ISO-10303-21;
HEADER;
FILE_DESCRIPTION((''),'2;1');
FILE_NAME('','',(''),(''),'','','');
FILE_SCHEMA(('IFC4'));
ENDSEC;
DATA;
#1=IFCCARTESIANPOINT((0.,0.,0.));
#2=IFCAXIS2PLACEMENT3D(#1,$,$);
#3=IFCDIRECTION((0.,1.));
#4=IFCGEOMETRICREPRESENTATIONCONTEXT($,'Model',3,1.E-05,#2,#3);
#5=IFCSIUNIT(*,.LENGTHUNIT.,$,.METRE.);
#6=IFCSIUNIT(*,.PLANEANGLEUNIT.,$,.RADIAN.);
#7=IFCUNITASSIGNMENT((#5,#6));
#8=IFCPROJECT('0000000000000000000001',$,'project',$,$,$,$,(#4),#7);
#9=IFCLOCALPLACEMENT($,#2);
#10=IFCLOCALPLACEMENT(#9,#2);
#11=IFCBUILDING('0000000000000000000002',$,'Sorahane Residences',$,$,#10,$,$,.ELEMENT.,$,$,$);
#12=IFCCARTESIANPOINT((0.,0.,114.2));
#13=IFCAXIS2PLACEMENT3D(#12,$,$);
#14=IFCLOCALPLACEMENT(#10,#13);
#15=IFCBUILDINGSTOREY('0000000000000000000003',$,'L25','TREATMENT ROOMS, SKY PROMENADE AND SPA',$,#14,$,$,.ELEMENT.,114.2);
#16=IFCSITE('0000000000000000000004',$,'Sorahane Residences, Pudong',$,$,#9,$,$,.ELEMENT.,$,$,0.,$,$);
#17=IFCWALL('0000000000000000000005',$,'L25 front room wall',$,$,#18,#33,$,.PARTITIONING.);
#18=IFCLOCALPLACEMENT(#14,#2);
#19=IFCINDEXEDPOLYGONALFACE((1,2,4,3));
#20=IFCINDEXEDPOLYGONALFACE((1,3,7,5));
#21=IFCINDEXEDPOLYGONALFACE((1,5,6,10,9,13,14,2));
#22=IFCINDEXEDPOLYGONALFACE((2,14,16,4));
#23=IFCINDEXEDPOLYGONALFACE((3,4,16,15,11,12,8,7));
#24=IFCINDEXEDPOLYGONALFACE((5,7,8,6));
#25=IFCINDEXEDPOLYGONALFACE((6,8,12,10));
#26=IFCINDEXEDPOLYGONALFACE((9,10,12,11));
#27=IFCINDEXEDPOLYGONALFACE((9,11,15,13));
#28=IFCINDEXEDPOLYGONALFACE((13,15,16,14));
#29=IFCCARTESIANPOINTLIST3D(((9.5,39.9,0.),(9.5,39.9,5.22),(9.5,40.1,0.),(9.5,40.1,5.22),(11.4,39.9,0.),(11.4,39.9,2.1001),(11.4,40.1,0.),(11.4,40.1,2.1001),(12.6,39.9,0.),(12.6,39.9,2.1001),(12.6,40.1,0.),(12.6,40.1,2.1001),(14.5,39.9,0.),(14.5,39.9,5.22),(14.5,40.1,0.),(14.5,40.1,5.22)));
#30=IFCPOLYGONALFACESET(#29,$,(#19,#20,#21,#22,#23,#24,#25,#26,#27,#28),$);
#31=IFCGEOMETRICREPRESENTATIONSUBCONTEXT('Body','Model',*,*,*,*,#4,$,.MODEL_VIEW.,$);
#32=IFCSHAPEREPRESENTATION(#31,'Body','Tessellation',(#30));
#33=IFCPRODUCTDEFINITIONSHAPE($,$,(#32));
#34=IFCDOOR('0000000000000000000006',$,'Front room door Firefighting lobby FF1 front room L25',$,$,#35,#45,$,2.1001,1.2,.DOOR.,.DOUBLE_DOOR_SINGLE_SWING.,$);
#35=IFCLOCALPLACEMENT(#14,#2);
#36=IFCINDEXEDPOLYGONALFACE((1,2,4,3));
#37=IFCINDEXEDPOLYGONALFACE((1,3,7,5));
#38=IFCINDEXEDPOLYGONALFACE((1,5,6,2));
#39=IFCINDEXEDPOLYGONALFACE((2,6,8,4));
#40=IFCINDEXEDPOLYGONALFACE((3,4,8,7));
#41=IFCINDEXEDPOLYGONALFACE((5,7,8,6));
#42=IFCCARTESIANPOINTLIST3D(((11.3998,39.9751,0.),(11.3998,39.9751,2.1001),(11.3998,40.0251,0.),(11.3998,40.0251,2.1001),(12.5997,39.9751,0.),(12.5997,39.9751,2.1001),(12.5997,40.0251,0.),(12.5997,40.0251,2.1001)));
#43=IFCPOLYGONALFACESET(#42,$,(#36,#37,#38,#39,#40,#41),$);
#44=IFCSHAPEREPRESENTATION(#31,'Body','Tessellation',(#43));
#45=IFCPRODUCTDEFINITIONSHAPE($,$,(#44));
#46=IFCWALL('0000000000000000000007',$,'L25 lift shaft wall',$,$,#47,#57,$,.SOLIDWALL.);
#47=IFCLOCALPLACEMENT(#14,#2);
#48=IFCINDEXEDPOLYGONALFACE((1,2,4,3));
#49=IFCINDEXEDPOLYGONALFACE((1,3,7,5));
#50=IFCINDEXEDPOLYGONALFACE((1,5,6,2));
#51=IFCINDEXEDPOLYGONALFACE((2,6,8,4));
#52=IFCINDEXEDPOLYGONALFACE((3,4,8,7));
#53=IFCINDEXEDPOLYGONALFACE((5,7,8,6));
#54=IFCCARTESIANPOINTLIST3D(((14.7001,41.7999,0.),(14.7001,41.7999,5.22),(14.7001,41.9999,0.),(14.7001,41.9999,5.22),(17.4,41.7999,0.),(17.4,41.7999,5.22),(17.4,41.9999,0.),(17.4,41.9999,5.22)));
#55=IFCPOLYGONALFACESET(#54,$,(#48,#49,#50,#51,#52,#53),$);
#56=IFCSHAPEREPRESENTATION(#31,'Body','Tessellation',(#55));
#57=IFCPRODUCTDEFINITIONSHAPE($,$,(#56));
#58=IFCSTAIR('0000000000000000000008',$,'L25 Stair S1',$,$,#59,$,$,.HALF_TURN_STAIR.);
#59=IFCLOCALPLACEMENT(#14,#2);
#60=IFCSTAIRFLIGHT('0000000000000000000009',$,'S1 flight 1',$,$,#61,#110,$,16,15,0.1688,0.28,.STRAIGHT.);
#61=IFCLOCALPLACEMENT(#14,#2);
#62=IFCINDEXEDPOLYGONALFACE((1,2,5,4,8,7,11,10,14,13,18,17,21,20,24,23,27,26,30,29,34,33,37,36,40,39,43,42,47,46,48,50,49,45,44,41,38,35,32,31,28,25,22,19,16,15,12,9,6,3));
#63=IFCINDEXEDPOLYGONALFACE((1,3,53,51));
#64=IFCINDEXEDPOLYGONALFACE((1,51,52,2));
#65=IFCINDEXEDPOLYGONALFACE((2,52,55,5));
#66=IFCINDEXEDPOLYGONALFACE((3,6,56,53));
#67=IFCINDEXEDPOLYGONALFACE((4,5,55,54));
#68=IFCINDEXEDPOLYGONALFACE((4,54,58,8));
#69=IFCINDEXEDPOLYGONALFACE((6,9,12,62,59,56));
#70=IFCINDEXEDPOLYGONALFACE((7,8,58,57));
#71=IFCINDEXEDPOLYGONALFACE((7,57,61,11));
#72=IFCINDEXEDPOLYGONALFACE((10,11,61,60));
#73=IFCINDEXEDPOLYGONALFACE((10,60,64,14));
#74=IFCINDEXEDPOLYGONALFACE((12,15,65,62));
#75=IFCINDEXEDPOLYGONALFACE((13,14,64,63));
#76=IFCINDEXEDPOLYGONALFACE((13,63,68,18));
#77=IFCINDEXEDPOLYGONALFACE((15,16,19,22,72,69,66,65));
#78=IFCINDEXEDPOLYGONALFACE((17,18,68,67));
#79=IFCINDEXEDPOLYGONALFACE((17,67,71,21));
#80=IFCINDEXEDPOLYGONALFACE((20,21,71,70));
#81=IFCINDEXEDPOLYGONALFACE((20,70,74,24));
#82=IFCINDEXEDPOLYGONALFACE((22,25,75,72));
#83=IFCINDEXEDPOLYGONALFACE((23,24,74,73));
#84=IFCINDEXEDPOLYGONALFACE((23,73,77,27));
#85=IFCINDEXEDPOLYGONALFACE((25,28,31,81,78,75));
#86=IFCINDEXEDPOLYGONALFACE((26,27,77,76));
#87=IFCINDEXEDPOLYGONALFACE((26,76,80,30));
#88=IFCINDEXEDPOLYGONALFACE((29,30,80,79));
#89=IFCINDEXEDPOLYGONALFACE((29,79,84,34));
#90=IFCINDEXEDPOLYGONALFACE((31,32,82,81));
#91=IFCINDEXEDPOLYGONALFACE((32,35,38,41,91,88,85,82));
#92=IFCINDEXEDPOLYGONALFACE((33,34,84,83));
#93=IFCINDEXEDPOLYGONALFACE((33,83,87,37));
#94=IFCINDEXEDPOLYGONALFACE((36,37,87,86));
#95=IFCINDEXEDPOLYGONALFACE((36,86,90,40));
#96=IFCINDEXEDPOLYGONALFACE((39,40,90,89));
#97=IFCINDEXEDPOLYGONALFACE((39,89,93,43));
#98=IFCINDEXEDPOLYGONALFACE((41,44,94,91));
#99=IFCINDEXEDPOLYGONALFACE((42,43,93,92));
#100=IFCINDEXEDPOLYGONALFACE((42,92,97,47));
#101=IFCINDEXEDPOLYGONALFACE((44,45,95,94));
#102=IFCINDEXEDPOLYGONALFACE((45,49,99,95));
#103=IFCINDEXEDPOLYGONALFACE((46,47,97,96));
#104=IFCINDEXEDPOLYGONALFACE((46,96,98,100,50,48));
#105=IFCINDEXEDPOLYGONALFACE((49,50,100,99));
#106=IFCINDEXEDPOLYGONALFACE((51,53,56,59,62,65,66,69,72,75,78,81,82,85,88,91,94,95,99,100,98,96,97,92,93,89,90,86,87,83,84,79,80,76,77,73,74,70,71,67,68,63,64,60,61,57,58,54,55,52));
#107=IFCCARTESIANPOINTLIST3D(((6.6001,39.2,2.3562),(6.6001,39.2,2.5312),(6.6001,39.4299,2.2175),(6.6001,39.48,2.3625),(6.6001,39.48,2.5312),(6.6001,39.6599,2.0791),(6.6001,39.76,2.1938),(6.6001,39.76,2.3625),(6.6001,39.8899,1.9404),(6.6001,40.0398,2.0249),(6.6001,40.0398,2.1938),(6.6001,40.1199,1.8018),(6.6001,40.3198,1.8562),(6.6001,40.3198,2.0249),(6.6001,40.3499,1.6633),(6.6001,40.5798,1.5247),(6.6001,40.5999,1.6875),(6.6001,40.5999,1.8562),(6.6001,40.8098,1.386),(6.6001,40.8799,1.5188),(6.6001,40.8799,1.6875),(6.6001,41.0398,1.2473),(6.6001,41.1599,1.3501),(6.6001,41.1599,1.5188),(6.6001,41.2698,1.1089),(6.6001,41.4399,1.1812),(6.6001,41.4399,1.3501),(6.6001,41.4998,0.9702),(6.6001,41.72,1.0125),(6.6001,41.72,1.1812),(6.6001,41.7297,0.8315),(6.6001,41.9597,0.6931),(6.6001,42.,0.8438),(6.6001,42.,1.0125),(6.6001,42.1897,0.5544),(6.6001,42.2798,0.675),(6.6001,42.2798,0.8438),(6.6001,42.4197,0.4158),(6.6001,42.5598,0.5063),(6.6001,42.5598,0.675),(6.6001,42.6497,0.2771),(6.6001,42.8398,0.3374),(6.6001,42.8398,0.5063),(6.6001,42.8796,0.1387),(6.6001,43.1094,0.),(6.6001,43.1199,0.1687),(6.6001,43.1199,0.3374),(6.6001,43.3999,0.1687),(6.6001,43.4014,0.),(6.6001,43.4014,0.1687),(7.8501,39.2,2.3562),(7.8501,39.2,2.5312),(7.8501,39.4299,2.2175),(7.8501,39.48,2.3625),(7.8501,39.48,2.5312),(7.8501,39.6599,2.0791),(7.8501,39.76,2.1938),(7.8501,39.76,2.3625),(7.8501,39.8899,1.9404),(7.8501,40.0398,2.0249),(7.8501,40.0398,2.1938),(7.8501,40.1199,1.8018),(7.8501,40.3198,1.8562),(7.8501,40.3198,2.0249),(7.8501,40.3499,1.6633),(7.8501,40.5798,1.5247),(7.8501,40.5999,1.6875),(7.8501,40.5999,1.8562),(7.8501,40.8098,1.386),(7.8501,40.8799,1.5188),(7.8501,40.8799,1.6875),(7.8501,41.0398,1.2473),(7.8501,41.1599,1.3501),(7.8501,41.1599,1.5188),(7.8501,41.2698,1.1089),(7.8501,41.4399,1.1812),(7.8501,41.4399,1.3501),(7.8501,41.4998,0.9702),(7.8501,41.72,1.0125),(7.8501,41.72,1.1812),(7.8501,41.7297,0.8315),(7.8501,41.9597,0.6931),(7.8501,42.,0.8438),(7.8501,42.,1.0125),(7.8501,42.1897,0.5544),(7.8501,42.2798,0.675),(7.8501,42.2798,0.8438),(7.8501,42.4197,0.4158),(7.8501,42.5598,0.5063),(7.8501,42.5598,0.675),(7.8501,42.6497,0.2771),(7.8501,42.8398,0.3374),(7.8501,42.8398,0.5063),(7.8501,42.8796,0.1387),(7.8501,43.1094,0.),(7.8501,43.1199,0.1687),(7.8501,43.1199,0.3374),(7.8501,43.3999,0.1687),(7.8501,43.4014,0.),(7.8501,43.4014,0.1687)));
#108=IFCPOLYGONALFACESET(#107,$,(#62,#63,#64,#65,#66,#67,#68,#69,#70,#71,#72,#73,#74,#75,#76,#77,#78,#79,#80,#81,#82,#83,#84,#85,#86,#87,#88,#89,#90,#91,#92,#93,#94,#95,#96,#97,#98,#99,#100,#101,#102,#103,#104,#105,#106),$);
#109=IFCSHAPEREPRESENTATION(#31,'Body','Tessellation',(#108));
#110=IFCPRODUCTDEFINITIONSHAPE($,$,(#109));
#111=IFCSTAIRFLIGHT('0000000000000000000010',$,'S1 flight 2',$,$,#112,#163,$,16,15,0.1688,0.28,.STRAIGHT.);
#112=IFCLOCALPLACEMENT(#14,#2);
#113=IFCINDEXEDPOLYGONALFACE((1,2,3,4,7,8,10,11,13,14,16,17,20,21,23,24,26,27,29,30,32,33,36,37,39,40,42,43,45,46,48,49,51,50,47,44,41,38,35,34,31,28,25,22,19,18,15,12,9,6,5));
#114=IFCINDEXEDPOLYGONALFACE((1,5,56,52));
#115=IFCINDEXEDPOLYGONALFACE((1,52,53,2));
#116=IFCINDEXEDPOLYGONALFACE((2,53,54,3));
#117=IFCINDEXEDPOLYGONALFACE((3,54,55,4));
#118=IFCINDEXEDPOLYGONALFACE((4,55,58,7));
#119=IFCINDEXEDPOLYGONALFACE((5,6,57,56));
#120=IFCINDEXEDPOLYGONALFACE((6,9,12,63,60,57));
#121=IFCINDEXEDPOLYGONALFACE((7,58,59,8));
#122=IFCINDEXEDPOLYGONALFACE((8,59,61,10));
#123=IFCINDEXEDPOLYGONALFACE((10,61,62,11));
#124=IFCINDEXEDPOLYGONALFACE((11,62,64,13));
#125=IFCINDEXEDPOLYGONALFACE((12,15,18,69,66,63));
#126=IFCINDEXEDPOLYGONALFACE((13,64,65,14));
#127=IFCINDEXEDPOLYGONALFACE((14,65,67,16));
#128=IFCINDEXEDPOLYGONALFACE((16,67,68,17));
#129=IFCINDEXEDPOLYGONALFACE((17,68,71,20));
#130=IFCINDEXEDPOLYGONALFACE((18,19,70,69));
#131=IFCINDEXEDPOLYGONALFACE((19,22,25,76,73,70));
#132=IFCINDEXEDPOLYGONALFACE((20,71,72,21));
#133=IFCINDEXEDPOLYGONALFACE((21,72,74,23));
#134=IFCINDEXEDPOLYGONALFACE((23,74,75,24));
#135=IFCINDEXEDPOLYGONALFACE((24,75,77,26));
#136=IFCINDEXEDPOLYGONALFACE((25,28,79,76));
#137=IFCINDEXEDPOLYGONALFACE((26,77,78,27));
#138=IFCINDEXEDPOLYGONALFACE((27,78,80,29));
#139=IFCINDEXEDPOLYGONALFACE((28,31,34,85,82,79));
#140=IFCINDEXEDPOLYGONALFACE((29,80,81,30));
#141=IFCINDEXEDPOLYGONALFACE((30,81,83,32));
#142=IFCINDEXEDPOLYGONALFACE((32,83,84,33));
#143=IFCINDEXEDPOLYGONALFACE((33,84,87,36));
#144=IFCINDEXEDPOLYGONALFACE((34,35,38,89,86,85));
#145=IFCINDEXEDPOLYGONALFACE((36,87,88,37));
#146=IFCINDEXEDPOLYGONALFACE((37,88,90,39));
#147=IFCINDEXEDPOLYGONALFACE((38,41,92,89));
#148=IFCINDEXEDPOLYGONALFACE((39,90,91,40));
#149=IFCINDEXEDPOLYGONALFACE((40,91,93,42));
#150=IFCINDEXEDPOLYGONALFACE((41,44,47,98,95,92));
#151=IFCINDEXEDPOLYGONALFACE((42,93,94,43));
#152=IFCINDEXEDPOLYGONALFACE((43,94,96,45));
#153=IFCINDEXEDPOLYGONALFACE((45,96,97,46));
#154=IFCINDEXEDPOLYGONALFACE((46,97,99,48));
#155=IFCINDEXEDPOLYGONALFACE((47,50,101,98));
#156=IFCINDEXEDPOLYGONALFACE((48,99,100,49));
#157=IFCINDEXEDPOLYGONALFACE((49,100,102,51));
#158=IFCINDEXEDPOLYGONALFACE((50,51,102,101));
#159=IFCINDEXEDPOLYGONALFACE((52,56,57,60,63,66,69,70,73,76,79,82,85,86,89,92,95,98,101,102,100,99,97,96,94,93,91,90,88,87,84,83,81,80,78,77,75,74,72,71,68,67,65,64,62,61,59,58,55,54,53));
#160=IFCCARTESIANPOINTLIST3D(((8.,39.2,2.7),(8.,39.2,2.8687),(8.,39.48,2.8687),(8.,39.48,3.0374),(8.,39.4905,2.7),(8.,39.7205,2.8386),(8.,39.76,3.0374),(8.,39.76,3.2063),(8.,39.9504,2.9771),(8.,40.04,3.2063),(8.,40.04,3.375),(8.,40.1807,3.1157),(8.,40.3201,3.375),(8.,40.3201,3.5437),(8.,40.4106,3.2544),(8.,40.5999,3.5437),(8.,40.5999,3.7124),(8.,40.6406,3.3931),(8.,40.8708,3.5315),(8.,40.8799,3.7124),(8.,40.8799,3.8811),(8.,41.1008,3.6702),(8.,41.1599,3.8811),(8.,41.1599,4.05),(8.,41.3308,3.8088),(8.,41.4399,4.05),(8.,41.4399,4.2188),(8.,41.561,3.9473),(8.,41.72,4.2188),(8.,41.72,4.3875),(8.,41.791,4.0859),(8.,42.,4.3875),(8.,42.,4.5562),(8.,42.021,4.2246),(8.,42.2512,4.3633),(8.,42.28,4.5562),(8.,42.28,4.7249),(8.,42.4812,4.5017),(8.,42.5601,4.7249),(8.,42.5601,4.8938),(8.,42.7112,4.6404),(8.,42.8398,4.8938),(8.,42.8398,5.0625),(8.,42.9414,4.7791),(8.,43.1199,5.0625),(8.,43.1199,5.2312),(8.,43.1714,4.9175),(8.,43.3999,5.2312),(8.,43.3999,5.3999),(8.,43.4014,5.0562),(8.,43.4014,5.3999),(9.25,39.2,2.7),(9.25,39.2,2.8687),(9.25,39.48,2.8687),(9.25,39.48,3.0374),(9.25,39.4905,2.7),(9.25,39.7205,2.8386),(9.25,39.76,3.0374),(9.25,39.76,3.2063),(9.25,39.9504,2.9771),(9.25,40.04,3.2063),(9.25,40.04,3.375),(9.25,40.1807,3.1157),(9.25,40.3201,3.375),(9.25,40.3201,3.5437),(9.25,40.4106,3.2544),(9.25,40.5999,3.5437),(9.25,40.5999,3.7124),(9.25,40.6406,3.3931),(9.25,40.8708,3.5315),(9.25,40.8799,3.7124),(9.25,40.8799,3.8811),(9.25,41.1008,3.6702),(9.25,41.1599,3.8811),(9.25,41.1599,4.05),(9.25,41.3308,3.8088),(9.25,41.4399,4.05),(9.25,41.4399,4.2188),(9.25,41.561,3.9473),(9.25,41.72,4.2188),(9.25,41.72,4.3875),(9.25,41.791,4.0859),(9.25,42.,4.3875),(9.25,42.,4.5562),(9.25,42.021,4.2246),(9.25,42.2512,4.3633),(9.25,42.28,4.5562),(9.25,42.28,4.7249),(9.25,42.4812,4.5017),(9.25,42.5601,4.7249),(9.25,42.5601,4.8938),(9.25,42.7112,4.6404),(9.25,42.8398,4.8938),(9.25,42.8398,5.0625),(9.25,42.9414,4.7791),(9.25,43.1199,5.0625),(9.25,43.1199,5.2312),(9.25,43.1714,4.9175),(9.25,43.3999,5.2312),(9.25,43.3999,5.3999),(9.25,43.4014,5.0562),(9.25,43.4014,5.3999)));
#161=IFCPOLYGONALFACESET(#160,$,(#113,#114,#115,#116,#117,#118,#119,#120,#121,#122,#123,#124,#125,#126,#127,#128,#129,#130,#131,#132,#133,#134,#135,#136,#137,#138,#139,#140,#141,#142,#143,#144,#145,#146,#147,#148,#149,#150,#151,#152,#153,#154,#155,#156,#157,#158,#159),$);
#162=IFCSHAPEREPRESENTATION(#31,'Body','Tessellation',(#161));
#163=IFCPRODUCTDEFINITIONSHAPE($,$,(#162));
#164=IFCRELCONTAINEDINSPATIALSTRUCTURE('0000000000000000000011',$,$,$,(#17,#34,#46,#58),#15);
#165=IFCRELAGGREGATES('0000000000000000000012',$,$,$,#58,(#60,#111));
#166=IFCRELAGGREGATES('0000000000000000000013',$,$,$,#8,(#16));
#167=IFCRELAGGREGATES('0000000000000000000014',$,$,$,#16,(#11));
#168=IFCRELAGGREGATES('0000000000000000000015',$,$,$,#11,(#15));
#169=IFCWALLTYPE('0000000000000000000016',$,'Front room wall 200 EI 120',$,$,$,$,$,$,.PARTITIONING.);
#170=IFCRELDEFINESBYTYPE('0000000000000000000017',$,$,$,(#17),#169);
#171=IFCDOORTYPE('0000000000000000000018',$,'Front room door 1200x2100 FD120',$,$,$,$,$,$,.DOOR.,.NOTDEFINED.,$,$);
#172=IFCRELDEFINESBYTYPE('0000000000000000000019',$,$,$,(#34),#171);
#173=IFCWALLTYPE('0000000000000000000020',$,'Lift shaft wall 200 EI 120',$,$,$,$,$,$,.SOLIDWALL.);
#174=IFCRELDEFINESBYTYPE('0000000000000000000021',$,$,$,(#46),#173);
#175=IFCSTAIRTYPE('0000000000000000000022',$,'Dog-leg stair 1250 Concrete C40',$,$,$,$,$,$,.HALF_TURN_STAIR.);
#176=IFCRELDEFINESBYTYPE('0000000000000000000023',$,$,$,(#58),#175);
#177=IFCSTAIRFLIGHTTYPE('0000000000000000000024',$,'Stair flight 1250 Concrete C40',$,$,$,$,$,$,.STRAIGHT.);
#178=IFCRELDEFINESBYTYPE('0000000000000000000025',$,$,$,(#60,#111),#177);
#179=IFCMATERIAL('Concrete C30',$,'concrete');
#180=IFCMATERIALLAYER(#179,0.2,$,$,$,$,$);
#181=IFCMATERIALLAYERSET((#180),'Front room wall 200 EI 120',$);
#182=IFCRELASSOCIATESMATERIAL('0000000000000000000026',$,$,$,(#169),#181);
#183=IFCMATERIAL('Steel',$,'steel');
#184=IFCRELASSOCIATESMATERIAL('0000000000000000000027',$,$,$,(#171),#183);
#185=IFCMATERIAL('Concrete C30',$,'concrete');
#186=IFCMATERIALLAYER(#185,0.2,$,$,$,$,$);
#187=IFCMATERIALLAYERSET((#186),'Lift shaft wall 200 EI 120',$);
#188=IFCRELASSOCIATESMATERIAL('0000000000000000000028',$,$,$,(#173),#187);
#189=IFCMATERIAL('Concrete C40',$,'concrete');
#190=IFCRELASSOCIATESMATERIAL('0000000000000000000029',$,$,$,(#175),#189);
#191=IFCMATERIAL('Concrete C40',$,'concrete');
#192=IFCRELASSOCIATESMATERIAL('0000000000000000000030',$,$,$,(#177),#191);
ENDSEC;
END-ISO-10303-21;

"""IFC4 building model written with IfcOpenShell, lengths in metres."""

from ifc_helpers import new_model, si_unit, direction, frame, frame_2d, origin, place, context, subcontext, project, spatial, polyline, rectangle, outline, extrude, material, layer, layer_set, type_object, element, fill, aggregate, save


model = new_model("IFC4")

# Units and contexts
model_context = context("Model", 3, precision=1e-05, world=origin(), true_north=direction((0.0, 1.0)))
body_context = subcontext(model_context, "Body", "Model", "MODEL_VIEW")
ifc_project = project(units=[si_unit("LENGTHUNIT", "METRE"), si_unit("PLANEANGLEUNIT", "RADIAN")], contexts=[model_context])

# Site, building, storey
site_placement = place(None, origin())
site = spatial("IfcSite", under=ifc_project, at=site_placement, Name="Sorahane Residences, Pudong", CompositionType="ELEMENT", RefElevation=0.0)
building_placement = place(site_placement, origin())
building = spatial("IfcBuilding", under=site, at=building_placement, Name="Sorahane Residences", CompositionType="ELEMENT")
storey_placement = place(building_placement, frame((0.0, 0.0, 114.2)))
storey = spatial("IfcBuildingStorey", under=building, at=storey_placement, Name="L25", Description="TREATMENT ROOMS, SKY PROMENADE AND SPA", CompositionType="ELEMENT", Elevation=114.2)

# Wall, opening, door
ifc_material_1 = material(Name="Concrete C30", Category="concrete")
ifc_layer_1 = layer(ifc_material_1, 0.2)
ifc_layer_set_1 = layer_set([ifc_layer_1], Name="Front room wall 200 EI 120")
wall_type_1 = type_object("IfcWallType", Name="Front room wall 200 EI 120", PredefinedType="PARTITIONING", material=ifc_layer_set_1)
wall_1_placement = place(storey_placement, frame((9.5, 40.0, 0.0), z_axis=(0.0, 0.0, 1.0), x_axis=(1.0, 0.0, 0.0)))
wall_1 = element("IfcWall", 1, at=wall_1_placement, inside=storey, type_object=wall_type_1, Name="L25 front room wall", PredefinedType="PARTITIONING", context=body_context, shape_type="SweptSolid", body=[
    extrude(rectangle(XDim=5.0, YDim=0.2, at=frame_2d((2.5, 0.0))), origin(), (0.0, 0.0, 1.0), 5.22),
])
opening_placement = place(wall_1_placement, frame((1.8999, 0.0, 0.0)))
opening = element("IfcOpeningElement", 2, at=opening_placement, cuts=wall_1, PredefinedType="OPENING", context=body_context, shape_type="SweptSolid", body=[
    extrude(rectangle(XDim=1.2, YDim=2.1001, at=frame_2d((0.6001, 1.05))), frame((0.0, 0.1099, 0.0), z_axis=(0.0, -1.0, 0.0), x_axis=(1.0, 0.0, 0.0)), (0.0, 0.0, 1.0), 0.22),
])
ifc_material_2 = material(Name="Steel", Category="steel")
door_type = type_object("IfcDoorType", Name="Front room door 1200x2100 FD120", OperationType="NOTDEFINED", PredefinedType="DOOR", material=ifc_material_2)
door_placement = place(opening_placement, frame((1.2, 0.0, 0.0), z_axis=(0.0, 0.0, 1.0), x_axis=(-1.0, 0.0, 0.0)))
door = element("IfcDoor", 3, at=door_placement, inside=storey, type_object=door_type, Name="Front room door Firefighting lobby FF1 front room L25", OperationType="DOUBLE_DOOR_SINGLE_SWING", OverallHeight=2.1001, OverallWidth=1.2, PredefinedType="DOOR", context=body_context, shape_type="SweptSolid", body=[
    extrude(rectangle(XDim=1.2, YDim=2.1001, at=frame_2d((0.6001, 1.05))), frame((0.0, 0.0249, 0.0), z_axis=(0.0, -1.0, 0.0), x_axis=(1.0, 0.0, 0.0)), (0.0, 0.0, 1.0), 0.05),
])
fill(opening, door)

# Wall
ifc_material_3 = material(Name="Concrete C30", Category="concrete")
ifc_layer_2 = layer(ifc_material_3, 0.2)
ifc_layer_set_2 = layer_set([ifc_layer_2], Name="Lift shaft wall 200 EI 120")
wall_type_2 = type_object("IfcWallType", Name="Lift shaft wall 200 EI 120", PredefinedType="SOLIDWALL", material=ifc_layer_set_2)
wall_2_placement = place(storey_placement, frame((14.7, 41.8999, 0.0), z_axis=(0.0, 0.0, 1.0), x_axis=(1.0, 0.0, 0.0)))
element("IfcWall", 4, at=wall_2_placement, inside=storey, type_object=wall_type_2, Name="L25 lift shaft wall", PredefinedType="SOLIDWALL", context=body_context, shape_type="SweptSolid", body=[
    extrude(rectangle(XDim=2.7, YDim=0.2, at=frame_2d((1.3501, 0.0))), origin(), (0.0, 0.0, 1.0), 5.22),
])

# Stair, stair flights
ifc_material_4 = material(Name="Concrete C40", Category="concrete")
stair_type = type_object("IfcStairType", Name="Dog-leg stair 1250 Concrete C40", PredefinedType="HALF_TURN_STAIR", material=ifc_material_4)
stair_1_placement = place(storey_placement, origin())
stair_1 = element("IfcStair", 5, at=stair_1_placement, inside=storey, type_object=stair_type, Name="L25 Stair S1", PredefinedType="HALF_TURN_STAIR")
ifc_material_5 = material(Name="Concrete C40", Category="concrete")
stair_flight_type = type_object("IfcStairFlightType", Name="Stair flight 1250 Concrete C40", PredefinedType="STRAIGHT", material=ifc_material_5)
stair_flight_1_placement = place(storey_placement, frame((7.2251, 43.3999, 0.0), z_axis=(0.0, 0.0, 1.0), x_axis=(0.0, -1.0, 0.0)))
stair_flight_1 = element("IfcStairFlight", 6, at=stair_flight_1_placement, type_object=stair_flight_type, Name="S1 flight 1", NumberOfRisers=16, NumberOfTreads=15, PredefinedType="STRAIGHT", RiserHeight=0.1688, TreadLength=0.28, context=body_context, shape_type="SweptSolid", body=[
    extrude(outline(polyline([(-0.0015, 0.0), (-0.0015, 0.1687), (0.0, 0.1687), (0.28, 0.1687), (0.28, 0.3374), (0.5601, 0.3374), (0.5601, 0.5063), (0.8401, 0.5063), (0.8401, 0.675), (1.1201, 0.675), (1.1201, 0.8438), (1.3999, 0.8438), (1.3999, 1.0125), (1.6799, 1.0125), (1.6799, 1.1812), (1.96, 1.1812), (1.96, 1.3501), (2.24, 1.3501), (2.24, 1.5188), (2.52, 1.5188), (2.52, 1.6875), (2.8, 1.6875), (2.8, 1.8562), (3.0801, 1.8562), (3.0801, 2.0249), (3.3601, 2.0249), (3.3601, 2.1938), (3.6399, 2.1938), (3.6399, 2.3625), (3.9199, 2.3625), (3.9199, 2.5312), (4.2, 2.5312), (4.2, 2.7), (4.2, 2.3562), (3.97, 2.2175), (3.74, 2.0791), (3.51, 1.9404), (3.28, 1.8018), (3.05, 1.6633), (2.8201, 1.5247), (2.5901, 1.386), (2.3601, 1.2473), (2.1301, 1.1089), (1.9001, 0.9702), (1.6702, 0.8315), (1.4402, 0.6931), (1.2102, 0.5544), (0.9802, 0.4158), (0.7502, 0.2771), (0.5203, 0.1387), (0.2905, 0.0), (-0.0015, 0.0)])), frame((0.0, 0.625, 0.0), z_axis=(0.0, -1.0, 0.0), x_axis=(1.0, 0.0, 0.0)), (0.0, 0.0, 1.0), 1.25),
])
stair_flight_2_placement = place(storey_placement, frame((8.625, 39.2, 2.7), z_axis=(0.0, 0.0, 1.0), x_axis=(0.0, 1.0, 0.0)))
stair_flight_2 = element("IfcStairFlight", 7, at=stair_flight_2_placement, type_object=stair_flight_type, Name="S1 flight 2", NumberOfRisers=16, NumberOfTreads=15, PredefinedType="STRAIGHT", RiserHeight=0.1688, TreadLength=0.28, context=body_context, shape_type="SweptSolid", body=[
    extrude(outline(polyline([(0.0, 0.0), (0.0, 0.1687), (0.28, 0.1687), (0.28, 0.3374), (0.5601, 0.3374), (0.5601, 0.5063), (0.8401, 0.5063), (0.8401, 0.675), (1.1201, 0.675), (1.1201, 0.8438), (1.3999, 0.8438), (1.3999, 1.0125), (1.6799, 1.0125), (1.6799, 1.1812), (1.96, 1.1812), (1.96, 1.3501), (2.24, 1.3501), (2.24, 1.5188), (2.52, 1.5188), (2.52, 1.6875), (2.8, 1.6875), (2.8, 1.8562), (3.0801, 1.8562), (3.0801, 2.0249), (3.3601, 2.0249), (3.3601, 2.1938), (3.6399, 2.1938), (3.6399, 2.3625), (3.9199, 2.3625), (3.9199, 2.5312), (4.2, 2.5312), (4.2, 2.7), (4.2014, 2.7), (4.2014, 2.3562), (3.9714, 2.2175), (3.7415, 2.0791), (3.5112, 1.9404), (3.2812, 1.8018), (3.0513, 1.6633), (2.821, 1.5247), (2.5911, 1.386), (2.3611, 1.2473), (2.1309, 1.1089), (1.9009, 0.9702), (1.6709, 0.8315), (1.4407, 0.6931), (1.2107, 0.5544), (0.9807, 0.4158), (0.7505, 0.2771), (0.5205, 0.1387), (0.2905, 0.0), (0.0, 0.0)])), frame((0.0, 0.625, 0.0), z_axis=(0.0, -1.0, 0.0), x_axis=(1.0, 0.0, 0.0)), (0.0, 0.0, 1.0), 1.25),
])
aggregate(stair_1, [stair_flight_1, stair_flight_2])

save(model, "model.ifc")
